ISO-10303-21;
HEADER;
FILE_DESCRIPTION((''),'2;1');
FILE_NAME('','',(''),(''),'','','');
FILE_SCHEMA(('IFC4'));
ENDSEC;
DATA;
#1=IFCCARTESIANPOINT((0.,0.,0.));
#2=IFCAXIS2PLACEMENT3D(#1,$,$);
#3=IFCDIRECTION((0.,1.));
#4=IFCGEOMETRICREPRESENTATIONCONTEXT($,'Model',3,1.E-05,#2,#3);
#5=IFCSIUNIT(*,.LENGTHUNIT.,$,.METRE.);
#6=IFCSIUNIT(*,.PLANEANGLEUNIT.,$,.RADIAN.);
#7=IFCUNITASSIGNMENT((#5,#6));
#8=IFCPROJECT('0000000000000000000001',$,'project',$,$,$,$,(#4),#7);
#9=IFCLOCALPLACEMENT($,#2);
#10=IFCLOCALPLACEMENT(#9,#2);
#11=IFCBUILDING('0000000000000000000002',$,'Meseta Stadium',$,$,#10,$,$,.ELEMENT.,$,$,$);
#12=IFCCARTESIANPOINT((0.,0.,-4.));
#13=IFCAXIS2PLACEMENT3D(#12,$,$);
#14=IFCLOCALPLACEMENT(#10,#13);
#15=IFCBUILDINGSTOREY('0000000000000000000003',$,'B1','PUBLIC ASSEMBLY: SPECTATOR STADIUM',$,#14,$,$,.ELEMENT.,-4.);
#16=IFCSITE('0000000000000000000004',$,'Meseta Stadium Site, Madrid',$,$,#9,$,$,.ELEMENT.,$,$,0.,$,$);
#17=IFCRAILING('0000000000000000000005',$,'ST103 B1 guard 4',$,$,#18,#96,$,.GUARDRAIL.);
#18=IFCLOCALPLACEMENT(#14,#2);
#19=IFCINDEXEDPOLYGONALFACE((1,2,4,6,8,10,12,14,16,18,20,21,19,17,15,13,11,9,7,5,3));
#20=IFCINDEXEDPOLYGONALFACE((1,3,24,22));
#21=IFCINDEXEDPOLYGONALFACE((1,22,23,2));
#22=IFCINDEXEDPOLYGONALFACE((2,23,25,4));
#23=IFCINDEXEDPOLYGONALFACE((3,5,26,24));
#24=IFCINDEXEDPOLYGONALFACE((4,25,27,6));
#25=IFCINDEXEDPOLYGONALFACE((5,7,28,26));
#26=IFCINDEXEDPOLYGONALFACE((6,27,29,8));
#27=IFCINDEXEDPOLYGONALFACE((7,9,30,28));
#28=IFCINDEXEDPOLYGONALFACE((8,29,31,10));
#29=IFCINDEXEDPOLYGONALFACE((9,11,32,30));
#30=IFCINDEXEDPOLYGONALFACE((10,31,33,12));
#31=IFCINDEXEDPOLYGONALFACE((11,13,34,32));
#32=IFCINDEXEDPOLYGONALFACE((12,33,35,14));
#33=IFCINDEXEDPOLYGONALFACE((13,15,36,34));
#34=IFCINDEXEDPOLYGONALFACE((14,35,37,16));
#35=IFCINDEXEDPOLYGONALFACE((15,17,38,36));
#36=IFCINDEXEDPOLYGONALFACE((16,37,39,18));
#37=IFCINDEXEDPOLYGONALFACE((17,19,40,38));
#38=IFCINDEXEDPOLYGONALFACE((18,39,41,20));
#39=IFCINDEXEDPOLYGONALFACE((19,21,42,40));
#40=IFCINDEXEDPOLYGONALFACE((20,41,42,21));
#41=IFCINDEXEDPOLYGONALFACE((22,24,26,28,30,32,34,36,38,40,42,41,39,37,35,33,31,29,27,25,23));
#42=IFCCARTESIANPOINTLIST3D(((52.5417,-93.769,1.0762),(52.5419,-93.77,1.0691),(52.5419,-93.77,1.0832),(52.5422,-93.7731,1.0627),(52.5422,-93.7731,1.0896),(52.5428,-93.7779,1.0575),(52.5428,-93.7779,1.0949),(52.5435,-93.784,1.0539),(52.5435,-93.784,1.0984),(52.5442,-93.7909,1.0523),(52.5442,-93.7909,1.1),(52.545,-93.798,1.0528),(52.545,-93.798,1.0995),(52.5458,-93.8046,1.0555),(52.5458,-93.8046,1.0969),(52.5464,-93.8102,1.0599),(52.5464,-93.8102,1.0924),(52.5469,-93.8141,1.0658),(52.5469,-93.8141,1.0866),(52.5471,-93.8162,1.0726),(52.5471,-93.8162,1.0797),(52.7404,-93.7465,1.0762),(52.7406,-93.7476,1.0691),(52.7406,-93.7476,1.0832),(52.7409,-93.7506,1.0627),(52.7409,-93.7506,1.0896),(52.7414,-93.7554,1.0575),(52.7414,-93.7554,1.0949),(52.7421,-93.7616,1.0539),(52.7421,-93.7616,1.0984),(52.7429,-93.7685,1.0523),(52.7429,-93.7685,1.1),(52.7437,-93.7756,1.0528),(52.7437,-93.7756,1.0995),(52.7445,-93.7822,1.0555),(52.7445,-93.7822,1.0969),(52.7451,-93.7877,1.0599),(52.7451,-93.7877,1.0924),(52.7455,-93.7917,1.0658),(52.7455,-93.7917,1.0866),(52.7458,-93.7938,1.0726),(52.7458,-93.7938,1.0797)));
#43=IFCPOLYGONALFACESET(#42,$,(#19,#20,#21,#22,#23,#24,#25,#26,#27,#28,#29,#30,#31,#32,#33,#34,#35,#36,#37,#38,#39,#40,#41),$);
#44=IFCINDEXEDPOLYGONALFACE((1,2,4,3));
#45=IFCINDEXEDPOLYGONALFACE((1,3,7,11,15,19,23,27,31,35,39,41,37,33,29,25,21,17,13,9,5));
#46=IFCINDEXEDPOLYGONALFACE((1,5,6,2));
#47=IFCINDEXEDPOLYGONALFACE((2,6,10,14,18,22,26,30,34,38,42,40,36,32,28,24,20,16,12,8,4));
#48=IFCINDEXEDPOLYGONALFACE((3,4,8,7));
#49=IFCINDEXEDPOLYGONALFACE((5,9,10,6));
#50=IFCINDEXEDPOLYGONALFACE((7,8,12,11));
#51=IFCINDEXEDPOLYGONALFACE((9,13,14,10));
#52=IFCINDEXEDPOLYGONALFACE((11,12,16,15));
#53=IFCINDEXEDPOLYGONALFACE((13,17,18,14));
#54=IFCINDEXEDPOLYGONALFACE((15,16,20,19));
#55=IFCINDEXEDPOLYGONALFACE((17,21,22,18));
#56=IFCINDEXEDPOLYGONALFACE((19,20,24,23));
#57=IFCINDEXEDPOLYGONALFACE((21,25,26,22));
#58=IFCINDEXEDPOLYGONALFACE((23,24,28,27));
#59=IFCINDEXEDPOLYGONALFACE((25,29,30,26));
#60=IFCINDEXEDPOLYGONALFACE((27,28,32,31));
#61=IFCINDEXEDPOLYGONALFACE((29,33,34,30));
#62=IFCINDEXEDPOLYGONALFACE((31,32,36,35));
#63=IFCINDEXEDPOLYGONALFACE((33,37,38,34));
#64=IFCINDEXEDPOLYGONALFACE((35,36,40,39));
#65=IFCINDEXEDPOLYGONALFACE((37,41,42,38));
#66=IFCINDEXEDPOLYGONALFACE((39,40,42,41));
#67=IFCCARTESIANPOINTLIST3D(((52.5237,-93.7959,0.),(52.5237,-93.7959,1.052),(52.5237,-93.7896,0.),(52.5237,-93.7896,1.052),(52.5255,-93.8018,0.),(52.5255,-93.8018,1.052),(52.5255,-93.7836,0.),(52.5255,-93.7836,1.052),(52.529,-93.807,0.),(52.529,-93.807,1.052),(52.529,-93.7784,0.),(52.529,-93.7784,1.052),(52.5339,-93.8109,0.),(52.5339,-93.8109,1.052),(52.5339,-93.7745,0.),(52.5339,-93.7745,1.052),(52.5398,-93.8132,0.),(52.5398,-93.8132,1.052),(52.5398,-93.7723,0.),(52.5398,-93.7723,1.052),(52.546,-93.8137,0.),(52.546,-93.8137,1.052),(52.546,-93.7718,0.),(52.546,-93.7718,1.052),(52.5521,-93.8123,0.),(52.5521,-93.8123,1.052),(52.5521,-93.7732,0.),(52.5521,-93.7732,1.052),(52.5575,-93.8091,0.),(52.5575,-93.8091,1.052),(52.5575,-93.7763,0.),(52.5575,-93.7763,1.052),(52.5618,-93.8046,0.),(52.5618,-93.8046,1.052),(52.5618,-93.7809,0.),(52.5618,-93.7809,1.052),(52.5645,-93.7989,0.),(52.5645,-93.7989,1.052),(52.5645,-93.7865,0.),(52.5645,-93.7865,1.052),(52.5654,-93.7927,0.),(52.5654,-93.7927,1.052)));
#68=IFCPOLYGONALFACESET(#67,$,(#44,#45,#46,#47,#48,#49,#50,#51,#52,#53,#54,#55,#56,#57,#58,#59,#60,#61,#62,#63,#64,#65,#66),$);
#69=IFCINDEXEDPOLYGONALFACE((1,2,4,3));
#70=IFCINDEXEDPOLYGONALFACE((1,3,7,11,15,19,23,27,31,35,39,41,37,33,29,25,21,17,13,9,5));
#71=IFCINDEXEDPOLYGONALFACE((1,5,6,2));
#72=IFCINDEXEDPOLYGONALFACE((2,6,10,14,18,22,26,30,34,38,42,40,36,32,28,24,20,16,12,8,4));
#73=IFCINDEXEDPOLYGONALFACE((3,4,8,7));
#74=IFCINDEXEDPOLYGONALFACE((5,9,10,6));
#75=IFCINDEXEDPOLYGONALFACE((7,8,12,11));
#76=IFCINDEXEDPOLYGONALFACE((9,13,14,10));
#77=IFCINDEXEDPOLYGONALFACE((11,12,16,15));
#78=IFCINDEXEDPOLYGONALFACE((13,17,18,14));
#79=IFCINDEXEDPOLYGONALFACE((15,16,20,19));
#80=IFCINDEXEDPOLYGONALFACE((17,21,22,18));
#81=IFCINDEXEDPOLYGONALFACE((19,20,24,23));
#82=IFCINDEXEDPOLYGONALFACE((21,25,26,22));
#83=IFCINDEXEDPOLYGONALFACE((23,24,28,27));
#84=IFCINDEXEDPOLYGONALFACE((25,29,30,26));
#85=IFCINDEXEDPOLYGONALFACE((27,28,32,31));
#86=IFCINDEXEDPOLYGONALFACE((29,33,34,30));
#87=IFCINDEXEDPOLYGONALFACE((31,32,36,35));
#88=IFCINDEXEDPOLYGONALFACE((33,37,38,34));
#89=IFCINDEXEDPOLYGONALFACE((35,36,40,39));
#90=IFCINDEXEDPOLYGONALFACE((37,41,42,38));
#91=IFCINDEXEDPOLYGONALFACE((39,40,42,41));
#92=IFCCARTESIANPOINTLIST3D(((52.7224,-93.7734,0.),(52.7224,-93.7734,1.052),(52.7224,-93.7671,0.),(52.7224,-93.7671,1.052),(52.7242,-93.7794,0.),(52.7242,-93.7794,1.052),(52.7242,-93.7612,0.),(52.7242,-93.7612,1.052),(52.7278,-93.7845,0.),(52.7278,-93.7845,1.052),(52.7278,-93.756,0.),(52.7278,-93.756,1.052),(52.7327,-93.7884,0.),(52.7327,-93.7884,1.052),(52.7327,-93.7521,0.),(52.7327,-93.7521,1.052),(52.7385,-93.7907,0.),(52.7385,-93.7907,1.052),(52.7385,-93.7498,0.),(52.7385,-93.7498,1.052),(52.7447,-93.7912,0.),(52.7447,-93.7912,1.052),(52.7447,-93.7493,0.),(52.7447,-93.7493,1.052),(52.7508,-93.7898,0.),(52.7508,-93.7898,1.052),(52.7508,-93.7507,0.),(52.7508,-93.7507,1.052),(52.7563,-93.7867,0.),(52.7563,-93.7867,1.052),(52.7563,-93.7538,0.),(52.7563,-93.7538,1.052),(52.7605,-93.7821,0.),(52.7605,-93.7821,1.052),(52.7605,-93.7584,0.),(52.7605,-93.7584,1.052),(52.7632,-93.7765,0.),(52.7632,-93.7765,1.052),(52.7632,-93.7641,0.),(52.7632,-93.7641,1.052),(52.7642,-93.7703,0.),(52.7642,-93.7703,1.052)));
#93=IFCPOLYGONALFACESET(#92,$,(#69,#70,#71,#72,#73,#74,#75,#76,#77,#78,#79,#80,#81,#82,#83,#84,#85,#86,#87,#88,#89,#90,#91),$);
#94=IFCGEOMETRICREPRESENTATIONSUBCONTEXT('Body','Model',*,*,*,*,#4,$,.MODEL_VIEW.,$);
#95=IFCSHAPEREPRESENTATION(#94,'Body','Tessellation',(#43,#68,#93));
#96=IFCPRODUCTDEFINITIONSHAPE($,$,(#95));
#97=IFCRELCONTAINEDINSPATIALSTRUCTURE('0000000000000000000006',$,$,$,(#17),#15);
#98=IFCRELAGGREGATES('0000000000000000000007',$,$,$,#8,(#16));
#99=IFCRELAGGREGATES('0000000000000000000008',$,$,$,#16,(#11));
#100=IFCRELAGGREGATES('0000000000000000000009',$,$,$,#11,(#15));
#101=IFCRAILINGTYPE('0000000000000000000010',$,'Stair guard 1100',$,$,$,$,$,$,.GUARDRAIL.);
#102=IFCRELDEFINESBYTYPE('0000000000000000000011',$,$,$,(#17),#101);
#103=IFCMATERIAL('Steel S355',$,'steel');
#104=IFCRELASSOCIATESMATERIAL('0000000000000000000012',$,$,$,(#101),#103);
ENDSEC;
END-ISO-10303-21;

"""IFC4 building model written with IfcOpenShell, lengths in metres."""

from ifc_helpers import new_model, si_unit, direction, frame, origin, origin_2d, place, context, subcontext, project, spatial, circle, extrude, material, type_object, element, save


model = new_model("IFC4")

# Units and contexts
model_context = context("Model", 3, precision=1e-05, world=origin(), true_north=direction((0.0, 1.0)))
body_context = subcontext(model_context, "Body", "Model", "MODEL_VIEW")
ifc_project = project(units=[si_unit("LENGTHUNIT", "METRE"), si_unit("PLANEANGLEUNIT", "RADIAN")], contexts=[model_context])

# Site, building, storey
site_placement = place(None, origin())
site = spatial("IfcSite", under=ifc_project, at=site_placement, Name="Meseta Stadium Site, Madrid", CompositionType="ELEMENT", RefElevation=0.0)
building_placement = place(site_placement, origin())
building = spatial("IfcBuilding", under=site, at=building_placement, Name="Meseta Stadium", CompositionType="ELEMENT")
storey_placement = place(building_placement, frame((0.0, 0.0, -4.0)))
storey = spatial("IfcBuildingStorey", under=building, at=storey_placement, Name="B1", Description="PUBLIC ASSEMBLY: SPECTATOR STADIUM", CompositionType="ELEMENT", Elevation=-4.0)

# Railing
ifc_material_1 = material(Name="Steel S355", Category="steel")
railing_type_1 = type_object("IfcRailingType", Name="Stair guard 1100", PredefinedType="GUARDRAIL", material=ifc_material_1)
railing_1_placement = place(storey_placement, frame((52.5444, -93.7927, 0.0)))
element("IfcRailing", 1, at=railing_1_placement, inside=storey, type_object=railing_type_1, Name="ST103 B1 guard 4", PredefinedType="GUARDRAIL", context=body_context, shape_type="SweptSolid", body=[
    extrude(circle(Radius=0.0239, at=origin_2d()), frame((0.0, 0.0, 1.0762), z_axis=(0.993674, 0.112307, 0.0), x_axis=(-0.112307, 0.993674, 0.0)), (0.0, 0.0, 1.0), 0.2),
    extrude(circle(Radius=0.021, at=origin_2d()), origin(), (0.0, 0.0, 1.0), 1.052),
    extrude(circle(Radius=0.021, at=origin_2d()), frame((0.1987, 0.0225, 0.0)), (0.0, 0.0, 1.0), 1.052),
])

save(model, "model.ifc")
